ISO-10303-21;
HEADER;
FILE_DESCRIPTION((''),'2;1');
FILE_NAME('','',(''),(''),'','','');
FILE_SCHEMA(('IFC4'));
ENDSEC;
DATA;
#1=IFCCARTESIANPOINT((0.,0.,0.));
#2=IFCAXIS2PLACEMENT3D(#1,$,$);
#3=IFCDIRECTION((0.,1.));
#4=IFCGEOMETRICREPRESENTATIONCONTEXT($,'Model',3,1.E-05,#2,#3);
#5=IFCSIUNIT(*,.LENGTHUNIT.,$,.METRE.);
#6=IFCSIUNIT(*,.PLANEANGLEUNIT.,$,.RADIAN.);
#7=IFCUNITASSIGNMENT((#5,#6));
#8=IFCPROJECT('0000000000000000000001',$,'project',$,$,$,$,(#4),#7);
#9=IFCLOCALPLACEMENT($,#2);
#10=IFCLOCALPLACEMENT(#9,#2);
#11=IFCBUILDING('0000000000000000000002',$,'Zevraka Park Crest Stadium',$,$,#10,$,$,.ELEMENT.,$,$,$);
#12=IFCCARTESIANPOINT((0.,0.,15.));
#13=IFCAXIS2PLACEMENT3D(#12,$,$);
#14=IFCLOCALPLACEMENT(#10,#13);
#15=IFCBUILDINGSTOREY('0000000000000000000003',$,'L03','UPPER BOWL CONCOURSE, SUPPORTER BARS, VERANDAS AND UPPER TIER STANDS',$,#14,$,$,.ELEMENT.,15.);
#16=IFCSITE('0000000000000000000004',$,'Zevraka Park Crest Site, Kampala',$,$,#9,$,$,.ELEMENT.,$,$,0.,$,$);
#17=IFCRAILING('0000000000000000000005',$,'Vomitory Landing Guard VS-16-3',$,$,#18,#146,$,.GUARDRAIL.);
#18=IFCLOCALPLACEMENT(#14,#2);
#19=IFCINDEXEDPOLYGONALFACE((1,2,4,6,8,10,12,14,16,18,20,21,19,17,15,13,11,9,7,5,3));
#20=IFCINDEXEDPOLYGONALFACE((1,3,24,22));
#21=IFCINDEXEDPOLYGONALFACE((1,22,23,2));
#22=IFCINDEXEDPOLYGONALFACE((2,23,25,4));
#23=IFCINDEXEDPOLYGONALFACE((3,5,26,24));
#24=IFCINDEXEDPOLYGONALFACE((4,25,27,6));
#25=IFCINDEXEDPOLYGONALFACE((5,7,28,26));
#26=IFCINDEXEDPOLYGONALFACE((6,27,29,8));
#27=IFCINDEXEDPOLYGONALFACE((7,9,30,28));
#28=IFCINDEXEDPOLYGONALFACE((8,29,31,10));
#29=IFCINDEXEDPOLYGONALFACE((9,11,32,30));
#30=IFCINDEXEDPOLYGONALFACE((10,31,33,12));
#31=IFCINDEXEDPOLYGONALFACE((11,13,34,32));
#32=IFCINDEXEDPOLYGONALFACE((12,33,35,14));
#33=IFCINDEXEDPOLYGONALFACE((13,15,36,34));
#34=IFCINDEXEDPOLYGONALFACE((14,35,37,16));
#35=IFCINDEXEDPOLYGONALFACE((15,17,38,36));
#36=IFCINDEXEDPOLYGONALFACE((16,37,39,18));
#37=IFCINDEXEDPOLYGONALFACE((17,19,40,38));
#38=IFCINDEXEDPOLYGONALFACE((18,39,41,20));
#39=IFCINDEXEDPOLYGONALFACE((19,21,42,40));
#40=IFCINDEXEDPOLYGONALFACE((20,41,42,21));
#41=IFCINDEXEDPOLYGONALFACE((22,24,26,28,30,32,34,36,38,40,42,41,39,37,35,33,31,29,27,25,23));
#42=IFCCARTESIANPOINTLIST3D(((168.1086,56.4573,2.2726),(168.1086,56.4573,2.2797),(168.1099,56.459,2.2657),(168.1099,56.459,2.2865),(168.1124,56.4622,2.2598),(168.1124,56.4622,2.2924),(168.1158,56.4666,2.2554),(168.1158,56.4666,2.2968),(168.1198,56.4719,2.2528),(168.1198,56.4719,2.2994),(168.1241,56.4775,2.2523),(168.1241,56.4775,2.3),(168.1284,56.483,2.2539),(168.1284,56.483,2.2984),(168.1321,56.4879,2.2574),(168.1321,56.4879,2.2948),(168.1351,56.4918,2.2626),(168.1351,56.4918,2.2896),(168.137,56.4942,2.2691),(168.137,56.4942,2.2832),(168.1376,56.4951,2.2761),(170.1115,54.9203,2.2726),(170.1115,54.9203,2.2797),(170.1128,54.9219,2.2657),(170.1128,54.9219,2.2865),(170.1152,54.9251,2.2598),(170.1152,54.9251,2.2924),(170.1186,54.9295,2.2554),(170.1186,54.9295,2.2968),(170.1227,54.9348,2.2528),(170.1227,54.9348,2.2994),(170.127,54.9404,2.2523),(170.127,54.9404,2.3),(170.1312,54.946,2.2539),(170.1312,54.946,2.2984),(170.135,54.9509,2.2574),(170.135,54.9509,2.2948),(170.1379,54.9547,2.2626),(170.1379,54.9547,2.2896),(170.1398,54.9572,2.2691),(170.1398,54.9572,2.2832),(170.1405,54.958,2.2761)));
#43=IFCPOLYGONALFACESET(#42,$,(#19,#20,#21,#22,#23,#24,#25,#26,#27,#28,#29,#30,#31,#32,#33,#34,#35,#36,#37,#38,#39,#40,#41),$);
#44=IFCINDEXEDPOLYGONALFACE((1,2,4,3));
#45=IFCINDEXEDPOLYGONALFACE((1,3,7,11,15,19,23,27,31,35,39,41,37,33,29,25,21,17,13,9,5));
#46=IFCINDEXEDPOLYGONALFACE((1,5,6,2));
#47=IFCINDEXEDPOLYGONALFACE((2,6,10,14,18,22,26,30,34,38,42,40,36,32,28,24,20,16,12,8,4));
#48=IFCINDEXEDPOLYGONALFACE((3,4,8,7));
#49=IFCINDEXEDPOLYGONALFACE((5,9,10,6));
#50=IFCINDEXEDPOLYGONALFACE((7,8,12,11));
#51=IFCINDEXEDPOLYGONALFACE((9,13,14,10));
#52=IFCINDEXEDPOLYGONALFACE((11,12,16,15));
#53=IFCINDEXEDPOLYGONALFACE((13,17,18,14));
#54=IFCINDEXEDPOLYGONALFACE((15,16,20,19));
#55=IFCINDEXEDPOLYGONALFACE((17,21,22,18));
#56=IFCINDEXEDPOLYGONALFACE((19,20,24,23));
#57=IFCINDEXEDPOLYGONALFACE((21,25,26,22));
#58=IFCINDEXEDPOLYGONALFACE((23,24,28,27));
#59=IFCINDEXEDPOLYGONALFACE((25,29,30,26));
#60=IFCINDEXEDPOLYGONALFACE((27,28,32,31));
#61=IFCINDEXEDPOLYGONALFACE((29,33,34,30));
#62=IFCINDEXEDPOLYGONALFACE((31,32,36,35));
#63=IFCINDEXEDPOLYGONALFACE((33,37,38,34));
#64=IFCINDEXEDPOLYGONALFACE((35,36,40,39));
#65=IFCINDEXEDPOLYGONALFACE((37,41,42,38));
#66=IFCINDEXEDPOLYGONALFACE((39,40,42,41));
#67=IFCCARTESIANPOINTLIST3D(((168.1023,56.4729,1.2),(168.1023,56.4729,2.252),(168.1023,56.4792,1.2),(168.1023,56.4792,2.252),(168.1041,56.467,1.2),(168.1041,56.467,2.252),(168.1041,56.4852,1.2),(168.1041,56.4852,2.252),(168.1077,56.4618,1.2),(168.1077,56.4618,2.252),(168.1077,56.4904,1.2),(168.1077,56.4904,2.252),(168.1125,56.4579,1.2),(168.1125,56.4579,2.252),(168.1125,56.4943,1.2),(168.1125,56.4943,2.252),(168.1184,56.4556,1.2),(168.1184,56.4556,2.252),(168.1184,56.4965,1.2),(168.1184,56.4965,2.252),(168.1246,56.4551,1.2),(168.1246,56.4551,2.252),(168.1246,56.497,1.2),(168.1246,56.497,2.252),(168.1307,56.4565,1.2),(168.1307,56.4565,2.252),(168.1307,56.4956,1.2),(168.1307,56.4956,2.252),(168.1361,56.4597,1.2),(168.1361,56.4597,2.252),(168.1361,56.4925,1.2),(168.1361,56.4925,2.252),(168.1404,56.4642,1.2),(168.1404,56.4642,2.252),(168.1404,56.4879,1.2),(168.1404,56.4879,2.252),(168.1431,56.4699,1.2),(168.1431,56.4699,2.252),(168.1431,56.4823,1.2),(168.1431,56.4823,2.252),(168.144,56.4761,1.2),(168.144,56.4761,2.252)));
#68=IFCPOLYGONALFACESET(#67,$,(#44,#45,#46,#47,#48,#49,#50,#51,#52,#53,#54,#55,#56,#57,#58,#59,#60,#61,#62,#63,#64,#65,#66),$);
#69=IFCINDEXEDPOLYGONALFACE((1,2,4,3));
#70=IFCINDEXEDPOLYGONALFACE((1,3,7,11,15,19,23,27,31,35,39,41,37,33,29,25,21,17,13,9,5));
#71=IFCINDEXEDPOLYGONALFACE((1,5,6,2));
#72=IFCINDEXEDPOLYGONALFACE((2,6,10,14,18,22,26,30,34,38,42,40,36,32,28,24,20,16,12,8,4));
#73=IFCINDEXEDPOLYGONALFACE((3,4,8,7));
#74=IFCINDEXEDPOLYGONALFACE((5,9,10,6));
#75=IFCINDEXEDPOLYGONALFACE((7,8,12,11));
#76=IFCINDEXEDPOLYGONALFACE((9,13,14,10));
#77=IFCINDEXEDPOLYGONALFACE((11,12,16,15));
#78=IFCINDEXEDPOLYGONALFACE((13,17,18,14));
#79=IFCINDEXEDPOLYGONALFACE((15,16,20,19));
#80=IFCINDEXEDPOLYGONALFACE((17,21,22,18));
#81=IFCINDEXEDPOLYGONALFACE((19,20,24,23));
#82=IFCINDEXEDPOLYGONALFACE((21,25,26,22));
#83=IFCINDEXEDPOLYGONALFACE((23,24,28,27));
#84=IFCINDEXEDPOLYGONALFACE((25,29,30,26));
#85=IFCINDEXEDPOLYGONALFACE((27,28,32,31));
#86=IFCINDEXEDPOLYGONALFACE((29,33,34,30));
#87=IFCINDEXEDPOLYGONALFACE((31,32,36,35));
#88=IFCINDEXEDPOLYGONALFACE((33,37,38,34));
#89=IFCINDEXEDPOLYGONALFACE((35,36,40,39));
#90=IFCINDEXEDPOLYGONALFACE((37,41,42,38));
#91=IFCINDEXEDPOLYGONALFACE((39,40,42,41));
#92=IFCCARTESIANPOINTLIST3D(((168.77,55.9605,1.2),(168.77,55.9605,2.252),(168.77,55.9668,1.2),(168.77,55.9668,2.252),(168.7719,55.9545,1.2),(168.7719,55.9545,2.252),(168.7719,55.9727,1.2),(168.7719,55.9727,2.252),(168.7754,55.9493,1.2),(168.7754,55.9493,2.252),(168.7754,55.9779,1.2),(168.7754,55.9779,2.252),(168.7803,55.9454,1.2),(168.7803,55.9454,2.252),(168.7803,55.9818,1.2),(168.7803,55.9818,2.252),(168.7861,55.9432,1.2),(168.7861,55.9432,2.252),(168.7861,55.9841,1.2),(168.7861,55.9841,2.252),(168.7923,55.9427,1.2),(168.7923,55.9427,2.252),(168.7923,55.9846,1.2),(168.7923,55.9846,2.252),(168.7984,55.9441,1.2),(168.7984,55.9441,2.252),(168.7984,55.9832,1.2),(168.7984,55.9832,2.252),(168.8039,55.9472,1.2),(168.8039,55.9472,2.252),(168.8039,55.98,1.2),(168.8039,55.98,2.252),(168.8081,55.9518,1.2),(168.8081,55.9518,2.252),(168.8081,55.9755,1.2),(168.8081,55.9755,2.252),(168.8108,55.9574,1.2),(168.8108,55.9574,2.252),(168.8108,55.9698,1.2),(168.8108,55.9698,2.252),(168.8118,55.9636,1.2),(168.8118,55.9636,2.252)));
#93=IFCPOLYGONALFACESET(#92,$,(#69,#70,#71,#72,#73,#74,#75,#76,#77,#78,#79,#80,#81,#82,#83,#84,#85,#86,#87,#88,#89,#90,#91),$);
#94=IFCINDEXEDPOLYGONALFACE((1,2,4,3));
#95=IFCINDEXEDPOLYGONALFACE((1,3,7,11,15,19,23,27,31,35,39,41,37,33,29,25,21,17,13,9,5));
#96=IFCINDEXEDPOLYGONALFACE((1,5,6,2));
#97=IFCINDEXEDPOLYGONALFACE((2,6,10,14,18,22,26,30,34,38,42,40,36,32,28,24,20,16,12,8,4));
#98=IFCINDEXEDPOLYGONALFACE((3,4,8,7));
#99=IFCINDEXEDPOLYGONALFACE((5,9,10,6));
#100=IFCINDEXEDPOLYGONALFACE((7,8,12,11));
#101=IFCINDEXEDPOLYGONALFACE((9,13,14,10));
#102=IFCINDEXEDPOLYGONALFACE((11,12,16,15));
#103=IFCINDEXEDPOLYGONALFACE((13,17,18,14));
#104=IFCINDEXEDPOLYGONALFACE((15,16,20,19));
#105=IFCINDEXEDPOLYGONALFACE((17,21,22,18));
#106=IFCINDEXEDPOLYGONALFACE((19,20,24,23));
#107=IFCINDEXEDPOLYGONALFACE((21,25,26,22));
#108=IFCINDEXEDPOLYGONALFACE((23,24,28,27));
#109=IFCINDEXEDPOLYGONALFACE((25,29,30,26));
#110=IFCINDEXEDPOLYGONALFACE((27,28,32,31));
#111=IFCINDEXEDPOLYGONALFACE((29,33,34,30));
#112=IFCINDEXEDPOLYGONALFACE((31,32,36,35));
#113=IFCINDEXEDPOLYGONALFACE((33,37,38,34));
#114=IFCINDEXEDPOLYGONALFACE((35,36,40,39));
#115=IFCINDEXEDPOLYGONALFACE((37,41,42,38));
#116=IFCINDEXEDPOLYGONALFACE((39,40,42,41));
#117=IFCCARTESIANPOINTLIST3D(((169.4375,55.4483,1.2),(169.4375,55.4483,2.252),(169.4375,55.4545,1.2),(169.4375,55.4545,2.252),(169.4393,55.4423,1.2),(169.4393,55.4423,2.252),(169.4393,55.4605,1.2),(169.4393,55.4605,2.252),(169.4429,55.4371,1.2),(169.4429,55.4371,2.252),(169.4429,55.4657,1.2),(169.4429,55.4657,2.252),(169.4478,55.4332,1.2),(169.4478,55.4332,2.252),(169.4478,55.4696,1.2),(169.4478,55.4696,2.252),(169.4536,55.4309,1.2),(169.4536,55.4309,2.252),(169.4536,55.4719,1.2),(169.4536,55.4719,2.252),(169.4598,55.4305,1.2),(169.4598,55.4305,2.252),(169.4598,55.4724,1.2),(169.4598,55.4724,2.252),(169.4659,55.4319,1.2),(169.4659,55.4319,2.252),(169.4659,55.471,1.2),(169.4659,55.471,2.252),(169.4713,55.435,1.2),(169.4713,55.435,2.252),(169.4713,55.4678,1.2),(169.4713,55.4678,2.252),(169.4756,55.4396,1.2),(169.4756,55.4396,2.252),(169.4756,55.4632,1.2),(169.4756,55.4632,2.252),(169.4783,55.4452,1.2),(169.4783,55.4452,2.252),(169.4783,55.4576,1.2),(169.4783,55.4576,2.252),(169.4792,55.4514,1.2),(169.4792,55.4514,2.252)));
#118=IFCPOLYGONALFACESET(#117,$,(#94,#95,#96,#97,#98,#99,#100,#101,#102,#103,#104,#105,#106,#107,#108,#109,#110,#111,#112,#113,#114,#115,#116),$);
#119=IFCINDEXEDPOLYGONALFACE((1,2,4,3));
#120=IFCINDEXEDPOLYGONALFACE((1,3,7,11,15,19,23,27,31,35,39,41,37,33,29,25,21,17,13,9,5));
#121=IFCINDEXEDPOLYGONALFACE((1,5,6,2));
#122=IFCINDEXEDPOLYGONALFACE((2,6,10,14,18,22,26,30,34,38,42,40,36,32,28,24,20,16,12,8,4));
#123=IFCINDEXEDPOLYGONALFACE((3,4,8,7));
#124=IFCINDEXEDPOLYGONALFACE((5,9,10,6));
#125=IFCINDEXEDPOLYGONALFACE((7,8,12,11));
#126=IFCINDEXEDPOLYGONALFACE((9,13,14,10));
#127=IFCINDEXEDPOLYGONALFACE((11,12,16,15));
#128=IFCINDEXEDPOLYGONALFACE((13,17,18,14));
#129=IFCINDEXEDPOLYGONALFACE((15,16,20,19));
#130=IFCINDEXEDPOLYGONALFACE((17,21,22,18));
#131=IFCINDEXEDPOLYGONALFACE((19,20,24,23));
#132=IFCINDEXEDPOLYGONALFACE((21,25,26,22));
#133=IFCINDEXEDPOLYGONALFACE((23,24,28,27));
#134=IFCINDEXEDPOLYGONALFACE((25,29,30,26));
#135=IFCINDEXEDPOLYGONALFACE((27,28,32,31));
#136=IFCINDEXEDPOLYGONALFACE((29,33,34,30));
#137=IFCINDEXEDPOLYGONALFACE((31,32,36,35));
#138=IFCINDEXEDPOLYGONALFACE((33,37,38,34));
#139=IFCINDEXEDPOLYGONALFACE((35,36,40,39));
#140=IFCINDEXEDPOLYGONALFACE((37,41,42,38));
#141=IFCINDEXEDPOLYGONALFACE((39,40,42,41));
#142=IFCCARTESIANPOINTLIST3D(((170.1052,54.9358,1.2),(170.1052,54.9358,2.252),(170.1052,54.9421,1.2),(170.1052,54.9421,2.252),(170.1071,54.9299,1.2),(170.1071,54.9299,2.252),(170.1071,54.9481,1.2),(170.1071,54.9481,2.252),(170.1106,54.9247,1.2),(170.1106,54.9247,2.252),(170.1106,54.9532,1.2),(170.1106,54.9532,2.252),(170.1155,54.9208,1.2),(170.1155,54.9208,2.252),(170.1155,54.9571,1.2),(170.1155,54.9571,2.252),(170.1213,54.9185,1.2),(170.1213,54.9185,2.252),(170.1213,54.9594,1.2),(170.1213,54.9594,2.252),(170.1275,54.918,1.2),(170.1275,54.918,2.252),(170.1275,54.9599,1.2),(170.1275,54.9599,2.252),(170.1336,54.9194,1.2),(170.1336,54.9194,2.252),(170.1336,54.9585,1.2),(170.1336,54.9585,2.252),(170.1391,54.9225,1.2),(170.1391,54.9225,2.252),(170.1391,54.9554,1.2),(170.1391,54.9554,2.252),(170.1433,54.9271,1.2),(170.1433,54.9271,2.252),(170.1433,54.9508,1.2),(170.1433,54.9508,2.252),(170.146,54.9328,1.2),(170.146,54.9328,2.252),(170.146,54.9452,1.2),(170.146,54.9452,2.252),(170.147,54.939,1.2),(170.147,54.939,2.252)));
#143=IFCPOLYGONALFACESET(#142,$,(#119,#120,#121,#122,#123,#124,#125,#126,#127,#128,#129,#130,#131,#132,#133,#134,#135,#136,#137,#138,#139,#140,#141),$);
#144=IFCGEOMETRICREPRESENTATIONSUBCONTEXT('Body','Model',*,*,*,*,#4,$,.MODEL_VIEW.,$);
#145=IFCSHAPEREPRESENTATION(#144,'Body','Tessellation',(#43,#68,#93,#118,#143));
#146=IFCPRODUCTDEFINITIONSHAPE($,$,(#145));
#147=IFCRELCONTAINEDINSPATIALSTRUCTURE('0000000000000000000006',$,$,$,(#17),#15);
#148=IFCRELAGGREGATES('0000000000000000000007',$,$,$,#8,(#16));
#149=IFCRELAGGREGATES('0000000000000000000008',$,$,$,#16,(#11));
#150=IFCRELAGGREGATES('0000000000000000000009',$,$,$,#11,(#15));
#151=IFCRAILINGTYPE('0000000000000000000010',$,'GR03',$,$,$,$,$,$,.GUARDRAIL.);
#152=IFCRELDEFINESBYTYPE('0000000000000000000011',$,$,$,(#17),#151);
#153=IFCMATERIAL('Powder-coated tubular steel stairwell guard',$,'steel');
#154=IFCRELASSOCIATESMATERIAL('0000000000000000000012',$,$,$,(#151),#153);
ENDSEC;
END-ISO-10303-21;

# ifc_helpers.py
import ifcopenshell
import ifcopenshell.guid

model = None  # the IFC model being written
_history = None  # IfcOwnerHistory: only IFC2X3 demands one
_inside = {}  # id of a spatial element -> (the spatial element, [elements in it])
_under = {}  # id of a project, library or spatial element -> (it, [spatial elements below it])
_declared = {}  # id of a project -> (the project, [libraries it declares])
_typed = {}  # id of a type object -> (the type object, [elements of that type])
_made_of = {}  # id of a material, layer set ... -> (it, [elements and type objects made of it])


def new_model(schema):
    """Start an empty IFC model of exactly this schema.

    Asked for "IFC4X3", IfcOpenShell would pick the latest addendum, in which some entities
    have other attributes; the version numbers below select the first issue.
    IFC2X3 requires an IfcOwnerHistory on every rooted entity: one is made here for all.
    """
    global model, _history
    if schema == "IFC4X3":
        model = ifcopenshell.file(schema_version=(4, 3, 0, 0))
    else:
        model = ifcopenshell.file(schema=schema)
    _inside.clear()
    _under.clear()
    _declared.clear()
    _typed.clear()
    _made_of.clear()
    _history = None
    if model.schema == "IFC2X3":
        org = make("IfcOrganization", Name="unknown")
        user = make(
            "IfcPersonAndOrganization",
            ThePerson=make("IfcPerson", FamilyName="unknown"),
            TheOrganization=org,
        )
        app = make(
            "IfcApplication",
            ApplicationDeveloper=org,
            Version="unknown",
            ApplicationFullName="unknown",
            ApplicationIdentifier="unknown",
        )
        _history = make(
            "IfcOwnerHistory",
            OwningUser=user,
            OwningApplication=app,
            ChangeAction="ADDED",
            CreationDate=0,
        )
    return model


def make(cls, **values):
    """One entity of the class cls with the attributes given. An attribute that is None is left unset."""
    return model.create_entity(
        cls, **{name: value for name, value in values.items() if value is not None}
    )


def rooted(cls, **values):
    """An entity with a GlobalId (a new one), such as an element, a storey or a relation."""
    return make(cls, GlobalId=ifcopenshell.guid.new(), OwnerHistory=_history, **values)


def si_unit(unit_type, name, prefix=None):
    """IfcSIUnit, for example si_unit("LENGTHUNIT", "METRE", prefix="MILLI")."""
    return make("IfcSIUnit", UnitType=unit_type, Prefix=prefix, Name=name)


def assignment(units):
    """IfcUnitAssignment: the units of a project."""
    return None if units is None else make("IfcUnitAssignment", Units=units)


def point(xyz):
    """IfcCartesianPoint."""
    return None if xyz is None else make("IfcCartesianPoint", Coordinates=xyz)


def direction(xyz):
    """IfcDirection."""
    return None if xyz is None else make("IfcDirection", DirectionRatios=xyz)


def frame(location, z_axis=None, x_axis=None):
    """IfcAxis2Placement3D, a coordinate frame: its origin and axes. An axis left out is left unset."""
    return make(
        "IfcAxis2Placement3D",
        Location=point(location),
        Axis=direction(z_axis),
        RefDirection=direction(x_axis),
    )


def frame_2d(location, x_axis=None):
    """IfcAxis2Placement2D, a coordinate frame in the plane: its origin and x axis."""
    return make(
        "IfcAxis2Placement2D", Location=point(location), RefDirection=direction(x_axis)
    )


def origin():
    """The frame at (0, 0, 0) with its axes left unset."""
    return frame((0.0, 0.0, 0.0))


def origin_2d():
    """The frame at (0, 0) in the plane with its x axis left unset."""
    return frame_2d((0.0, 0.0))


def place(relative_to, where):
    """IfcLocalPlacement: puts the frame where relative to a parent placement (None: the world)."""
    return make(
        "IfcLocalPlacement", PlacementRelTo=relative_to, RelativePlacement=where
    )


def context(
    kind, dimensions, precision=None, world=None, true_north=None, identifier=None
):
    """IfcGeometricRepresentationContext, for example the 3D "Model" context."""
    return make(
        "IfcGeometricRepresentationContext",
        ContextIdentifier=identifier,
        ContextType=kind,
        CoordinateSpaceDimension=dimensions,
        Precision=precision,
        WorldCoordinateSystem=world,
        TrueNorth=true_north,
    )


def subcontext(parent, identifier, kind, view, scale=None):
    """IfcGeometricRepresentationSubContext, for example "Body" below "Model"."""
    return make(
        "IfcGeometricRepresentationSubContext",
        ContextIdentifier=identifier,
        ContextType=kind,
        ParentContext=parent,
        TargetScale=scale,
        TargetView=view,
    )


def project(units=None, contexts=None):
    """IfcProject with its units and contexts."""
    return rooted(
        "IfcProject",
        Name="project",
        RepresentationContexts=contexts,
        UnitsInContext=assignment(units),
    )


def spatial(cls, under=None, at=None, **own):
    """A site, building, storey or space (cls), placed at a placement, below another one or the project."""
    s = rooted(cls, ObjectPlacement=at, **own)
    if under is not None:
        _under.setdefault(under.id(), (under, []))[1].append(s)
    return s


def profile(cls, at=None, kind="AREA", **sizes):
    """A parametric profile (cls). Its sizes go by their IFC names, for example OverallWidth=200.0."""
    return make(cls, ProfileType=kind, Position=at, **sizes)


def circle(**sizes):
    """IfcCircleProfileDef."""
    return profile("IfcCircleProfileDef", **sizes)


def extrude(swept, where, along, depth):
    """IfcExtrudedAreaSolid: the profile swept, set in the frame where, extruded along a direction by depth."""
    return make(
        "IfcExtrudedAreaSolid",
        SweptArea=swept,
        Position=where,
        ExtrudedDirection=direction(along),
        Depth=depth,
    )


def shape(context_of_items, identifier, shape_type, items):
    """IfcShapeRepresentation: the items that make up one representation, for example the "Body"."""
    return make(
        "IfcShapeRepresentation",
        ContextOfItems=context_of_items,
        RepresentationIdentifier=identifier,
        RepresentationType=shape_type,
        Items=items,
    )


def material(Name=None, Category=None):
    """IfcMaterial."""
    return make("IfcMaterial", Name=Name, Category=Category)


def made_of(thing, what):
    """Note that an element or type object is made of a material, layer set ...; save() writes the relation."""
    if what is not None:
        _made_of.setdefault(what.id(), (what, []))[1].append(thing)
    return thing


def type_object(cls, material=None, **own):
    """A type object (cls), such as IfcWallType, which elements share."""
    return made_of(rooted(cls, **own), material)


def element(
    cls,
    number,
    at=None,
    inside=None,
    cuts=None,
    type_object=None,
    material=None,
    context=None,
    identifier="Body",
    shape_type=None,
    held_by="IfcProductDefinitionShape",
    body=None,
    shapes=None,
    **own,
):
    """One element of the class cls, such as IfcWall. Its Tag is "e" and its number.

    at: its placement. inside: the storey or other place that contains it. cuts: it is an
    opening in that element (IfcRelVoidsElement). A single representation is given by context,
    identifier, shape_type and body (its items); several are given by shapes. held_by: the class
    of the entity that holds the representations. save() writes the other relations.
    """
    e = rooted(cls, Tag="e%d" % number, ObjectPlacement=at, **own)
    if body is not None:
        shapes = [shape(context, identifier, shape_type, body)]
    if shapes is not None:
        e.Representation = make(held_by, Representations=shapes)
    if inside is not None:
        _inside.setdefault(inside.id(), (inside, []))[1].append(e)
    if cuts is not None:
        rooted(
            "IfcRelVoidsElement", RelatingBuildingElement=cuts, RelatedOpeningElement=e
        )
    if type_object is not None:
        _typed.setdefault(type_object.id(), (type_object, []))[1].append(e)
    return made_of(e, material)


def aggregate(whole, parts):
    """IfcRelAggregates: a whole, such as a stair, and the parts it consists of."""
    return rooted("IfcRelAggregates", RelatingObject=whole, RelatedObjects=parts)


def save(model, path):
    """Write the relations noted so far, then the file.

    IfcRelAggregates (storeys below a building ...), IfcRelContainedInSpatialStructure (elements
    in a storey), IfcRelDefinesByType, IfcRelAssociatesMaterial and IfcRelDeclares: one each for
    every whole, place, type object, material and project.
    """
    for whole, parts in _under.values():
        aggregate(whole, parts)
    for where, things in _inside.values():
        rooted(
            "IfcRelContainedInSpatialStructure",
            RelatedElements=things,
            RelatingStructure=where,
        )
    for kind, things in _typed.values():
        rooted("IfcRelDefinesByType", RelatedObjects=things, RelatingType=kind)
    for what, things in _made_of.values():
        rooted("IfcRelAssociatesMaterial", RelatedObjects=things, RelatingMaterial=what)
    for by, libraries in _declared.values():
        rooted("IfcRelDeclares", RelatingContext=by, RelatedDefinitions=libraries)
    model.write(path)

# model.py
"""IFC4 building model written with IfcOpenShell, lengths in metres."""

from ifc_helpers import new_model, si_unit, direction, frame, origin, origin_2d, place, context, subcontext, project, spatial, circle, extrude, material, type_object, element, save


model = new_model("IFC4")

# Units and contexts
model_context = context("Model", 3, precision=1e-05, world=origin(), true_north=direction((0.0, 1.0)))
body_context = subcontext(model_context, "Body", "Model", "MODEL_VIEW")
ifc_project = project(units=[si_unit("LENGTHUNIT", "METRE"), si_unit("PLANEANGLEUNIT", "RADIAN")], contexts=[model_context])

# Site, building, storey
site_placement = place(None, origin())
site = spatial("IfcSite", under=ifc_project, at=site_placement, Name="Zevraka Park Crest Site, Kampala", CompositionType="ELEMENT", RefElevation=0.0)
building_placement = place(site_placement, origin())
building = spatial("IfcBuilding", under=site, at=building_placement, Name="Zevraka Park Crest Stadium", CompositionType="ELEMENT")
storey_placement = place(building_placement, frame((0.0, 0.0, 15.0)))
storey = spatial("IfcBuildingStorey", under=building, at=storey_placement, Name="L03", Description="UPPER BOWL CONCOURSE, SUPPORTER BARS, VERANDAS AND UPPER TIER STANDS", CompositionType="ELEMENT", Elevation=15.0)

# Railing
ifc_material_1 = material(Name="Powder-coated tubular steel stairwell guard", Category="steel")
railing_type_1 = type_object("IfcRailingType", Name="GR03", PredefinedType="GUARDRAIL", material=ifc_material_1)
railing_1_placement = place(storey_placement, frame((168.123, 56.4761, 1.2)))
element("IfcRailing", 1, at=railing_1_placement, inside=storey, type_object=railing_type_1, Name="Vomitory Landing Guard VS-16-3", PredefinedType="GUARDRAIL", context=body_context, shape_type="SweptSolid", body=[
    extrude(circle(Radius=0.0239, at=origin_2d()), frame((0.0, 0.0, 1.0762), z_axis=(0.793314, -0.608813, 0.0), x_axis=(0.608813, 0.793314, 0.0)), (0.0, 0.0, 1.0), 2.5247),
    extrude(circle(Radius=0.021, at=origin_2d()), origin(), (0.0, 0.0, 1.0), 1.052),
    extrude(circle(Radius=0.021, at=origin_2d()), frame((0.6677, -0.5125, 0.0)), (0.0, 0.0, 1.0), 1.052),
    extrude(circle(Radius=0.021, at=origin_2d()), frame((1.3352, -1.0247, 0.0)), (0.0, 0.0, 1.0), 1.052),
    extrude(circle(Radius=0.021, at=origin_2d()), frame((2.0029, -1.5371, 0.0)), (0.0, 0.0, 1.0), 1.052),
])

save(model, "model.ifc")
